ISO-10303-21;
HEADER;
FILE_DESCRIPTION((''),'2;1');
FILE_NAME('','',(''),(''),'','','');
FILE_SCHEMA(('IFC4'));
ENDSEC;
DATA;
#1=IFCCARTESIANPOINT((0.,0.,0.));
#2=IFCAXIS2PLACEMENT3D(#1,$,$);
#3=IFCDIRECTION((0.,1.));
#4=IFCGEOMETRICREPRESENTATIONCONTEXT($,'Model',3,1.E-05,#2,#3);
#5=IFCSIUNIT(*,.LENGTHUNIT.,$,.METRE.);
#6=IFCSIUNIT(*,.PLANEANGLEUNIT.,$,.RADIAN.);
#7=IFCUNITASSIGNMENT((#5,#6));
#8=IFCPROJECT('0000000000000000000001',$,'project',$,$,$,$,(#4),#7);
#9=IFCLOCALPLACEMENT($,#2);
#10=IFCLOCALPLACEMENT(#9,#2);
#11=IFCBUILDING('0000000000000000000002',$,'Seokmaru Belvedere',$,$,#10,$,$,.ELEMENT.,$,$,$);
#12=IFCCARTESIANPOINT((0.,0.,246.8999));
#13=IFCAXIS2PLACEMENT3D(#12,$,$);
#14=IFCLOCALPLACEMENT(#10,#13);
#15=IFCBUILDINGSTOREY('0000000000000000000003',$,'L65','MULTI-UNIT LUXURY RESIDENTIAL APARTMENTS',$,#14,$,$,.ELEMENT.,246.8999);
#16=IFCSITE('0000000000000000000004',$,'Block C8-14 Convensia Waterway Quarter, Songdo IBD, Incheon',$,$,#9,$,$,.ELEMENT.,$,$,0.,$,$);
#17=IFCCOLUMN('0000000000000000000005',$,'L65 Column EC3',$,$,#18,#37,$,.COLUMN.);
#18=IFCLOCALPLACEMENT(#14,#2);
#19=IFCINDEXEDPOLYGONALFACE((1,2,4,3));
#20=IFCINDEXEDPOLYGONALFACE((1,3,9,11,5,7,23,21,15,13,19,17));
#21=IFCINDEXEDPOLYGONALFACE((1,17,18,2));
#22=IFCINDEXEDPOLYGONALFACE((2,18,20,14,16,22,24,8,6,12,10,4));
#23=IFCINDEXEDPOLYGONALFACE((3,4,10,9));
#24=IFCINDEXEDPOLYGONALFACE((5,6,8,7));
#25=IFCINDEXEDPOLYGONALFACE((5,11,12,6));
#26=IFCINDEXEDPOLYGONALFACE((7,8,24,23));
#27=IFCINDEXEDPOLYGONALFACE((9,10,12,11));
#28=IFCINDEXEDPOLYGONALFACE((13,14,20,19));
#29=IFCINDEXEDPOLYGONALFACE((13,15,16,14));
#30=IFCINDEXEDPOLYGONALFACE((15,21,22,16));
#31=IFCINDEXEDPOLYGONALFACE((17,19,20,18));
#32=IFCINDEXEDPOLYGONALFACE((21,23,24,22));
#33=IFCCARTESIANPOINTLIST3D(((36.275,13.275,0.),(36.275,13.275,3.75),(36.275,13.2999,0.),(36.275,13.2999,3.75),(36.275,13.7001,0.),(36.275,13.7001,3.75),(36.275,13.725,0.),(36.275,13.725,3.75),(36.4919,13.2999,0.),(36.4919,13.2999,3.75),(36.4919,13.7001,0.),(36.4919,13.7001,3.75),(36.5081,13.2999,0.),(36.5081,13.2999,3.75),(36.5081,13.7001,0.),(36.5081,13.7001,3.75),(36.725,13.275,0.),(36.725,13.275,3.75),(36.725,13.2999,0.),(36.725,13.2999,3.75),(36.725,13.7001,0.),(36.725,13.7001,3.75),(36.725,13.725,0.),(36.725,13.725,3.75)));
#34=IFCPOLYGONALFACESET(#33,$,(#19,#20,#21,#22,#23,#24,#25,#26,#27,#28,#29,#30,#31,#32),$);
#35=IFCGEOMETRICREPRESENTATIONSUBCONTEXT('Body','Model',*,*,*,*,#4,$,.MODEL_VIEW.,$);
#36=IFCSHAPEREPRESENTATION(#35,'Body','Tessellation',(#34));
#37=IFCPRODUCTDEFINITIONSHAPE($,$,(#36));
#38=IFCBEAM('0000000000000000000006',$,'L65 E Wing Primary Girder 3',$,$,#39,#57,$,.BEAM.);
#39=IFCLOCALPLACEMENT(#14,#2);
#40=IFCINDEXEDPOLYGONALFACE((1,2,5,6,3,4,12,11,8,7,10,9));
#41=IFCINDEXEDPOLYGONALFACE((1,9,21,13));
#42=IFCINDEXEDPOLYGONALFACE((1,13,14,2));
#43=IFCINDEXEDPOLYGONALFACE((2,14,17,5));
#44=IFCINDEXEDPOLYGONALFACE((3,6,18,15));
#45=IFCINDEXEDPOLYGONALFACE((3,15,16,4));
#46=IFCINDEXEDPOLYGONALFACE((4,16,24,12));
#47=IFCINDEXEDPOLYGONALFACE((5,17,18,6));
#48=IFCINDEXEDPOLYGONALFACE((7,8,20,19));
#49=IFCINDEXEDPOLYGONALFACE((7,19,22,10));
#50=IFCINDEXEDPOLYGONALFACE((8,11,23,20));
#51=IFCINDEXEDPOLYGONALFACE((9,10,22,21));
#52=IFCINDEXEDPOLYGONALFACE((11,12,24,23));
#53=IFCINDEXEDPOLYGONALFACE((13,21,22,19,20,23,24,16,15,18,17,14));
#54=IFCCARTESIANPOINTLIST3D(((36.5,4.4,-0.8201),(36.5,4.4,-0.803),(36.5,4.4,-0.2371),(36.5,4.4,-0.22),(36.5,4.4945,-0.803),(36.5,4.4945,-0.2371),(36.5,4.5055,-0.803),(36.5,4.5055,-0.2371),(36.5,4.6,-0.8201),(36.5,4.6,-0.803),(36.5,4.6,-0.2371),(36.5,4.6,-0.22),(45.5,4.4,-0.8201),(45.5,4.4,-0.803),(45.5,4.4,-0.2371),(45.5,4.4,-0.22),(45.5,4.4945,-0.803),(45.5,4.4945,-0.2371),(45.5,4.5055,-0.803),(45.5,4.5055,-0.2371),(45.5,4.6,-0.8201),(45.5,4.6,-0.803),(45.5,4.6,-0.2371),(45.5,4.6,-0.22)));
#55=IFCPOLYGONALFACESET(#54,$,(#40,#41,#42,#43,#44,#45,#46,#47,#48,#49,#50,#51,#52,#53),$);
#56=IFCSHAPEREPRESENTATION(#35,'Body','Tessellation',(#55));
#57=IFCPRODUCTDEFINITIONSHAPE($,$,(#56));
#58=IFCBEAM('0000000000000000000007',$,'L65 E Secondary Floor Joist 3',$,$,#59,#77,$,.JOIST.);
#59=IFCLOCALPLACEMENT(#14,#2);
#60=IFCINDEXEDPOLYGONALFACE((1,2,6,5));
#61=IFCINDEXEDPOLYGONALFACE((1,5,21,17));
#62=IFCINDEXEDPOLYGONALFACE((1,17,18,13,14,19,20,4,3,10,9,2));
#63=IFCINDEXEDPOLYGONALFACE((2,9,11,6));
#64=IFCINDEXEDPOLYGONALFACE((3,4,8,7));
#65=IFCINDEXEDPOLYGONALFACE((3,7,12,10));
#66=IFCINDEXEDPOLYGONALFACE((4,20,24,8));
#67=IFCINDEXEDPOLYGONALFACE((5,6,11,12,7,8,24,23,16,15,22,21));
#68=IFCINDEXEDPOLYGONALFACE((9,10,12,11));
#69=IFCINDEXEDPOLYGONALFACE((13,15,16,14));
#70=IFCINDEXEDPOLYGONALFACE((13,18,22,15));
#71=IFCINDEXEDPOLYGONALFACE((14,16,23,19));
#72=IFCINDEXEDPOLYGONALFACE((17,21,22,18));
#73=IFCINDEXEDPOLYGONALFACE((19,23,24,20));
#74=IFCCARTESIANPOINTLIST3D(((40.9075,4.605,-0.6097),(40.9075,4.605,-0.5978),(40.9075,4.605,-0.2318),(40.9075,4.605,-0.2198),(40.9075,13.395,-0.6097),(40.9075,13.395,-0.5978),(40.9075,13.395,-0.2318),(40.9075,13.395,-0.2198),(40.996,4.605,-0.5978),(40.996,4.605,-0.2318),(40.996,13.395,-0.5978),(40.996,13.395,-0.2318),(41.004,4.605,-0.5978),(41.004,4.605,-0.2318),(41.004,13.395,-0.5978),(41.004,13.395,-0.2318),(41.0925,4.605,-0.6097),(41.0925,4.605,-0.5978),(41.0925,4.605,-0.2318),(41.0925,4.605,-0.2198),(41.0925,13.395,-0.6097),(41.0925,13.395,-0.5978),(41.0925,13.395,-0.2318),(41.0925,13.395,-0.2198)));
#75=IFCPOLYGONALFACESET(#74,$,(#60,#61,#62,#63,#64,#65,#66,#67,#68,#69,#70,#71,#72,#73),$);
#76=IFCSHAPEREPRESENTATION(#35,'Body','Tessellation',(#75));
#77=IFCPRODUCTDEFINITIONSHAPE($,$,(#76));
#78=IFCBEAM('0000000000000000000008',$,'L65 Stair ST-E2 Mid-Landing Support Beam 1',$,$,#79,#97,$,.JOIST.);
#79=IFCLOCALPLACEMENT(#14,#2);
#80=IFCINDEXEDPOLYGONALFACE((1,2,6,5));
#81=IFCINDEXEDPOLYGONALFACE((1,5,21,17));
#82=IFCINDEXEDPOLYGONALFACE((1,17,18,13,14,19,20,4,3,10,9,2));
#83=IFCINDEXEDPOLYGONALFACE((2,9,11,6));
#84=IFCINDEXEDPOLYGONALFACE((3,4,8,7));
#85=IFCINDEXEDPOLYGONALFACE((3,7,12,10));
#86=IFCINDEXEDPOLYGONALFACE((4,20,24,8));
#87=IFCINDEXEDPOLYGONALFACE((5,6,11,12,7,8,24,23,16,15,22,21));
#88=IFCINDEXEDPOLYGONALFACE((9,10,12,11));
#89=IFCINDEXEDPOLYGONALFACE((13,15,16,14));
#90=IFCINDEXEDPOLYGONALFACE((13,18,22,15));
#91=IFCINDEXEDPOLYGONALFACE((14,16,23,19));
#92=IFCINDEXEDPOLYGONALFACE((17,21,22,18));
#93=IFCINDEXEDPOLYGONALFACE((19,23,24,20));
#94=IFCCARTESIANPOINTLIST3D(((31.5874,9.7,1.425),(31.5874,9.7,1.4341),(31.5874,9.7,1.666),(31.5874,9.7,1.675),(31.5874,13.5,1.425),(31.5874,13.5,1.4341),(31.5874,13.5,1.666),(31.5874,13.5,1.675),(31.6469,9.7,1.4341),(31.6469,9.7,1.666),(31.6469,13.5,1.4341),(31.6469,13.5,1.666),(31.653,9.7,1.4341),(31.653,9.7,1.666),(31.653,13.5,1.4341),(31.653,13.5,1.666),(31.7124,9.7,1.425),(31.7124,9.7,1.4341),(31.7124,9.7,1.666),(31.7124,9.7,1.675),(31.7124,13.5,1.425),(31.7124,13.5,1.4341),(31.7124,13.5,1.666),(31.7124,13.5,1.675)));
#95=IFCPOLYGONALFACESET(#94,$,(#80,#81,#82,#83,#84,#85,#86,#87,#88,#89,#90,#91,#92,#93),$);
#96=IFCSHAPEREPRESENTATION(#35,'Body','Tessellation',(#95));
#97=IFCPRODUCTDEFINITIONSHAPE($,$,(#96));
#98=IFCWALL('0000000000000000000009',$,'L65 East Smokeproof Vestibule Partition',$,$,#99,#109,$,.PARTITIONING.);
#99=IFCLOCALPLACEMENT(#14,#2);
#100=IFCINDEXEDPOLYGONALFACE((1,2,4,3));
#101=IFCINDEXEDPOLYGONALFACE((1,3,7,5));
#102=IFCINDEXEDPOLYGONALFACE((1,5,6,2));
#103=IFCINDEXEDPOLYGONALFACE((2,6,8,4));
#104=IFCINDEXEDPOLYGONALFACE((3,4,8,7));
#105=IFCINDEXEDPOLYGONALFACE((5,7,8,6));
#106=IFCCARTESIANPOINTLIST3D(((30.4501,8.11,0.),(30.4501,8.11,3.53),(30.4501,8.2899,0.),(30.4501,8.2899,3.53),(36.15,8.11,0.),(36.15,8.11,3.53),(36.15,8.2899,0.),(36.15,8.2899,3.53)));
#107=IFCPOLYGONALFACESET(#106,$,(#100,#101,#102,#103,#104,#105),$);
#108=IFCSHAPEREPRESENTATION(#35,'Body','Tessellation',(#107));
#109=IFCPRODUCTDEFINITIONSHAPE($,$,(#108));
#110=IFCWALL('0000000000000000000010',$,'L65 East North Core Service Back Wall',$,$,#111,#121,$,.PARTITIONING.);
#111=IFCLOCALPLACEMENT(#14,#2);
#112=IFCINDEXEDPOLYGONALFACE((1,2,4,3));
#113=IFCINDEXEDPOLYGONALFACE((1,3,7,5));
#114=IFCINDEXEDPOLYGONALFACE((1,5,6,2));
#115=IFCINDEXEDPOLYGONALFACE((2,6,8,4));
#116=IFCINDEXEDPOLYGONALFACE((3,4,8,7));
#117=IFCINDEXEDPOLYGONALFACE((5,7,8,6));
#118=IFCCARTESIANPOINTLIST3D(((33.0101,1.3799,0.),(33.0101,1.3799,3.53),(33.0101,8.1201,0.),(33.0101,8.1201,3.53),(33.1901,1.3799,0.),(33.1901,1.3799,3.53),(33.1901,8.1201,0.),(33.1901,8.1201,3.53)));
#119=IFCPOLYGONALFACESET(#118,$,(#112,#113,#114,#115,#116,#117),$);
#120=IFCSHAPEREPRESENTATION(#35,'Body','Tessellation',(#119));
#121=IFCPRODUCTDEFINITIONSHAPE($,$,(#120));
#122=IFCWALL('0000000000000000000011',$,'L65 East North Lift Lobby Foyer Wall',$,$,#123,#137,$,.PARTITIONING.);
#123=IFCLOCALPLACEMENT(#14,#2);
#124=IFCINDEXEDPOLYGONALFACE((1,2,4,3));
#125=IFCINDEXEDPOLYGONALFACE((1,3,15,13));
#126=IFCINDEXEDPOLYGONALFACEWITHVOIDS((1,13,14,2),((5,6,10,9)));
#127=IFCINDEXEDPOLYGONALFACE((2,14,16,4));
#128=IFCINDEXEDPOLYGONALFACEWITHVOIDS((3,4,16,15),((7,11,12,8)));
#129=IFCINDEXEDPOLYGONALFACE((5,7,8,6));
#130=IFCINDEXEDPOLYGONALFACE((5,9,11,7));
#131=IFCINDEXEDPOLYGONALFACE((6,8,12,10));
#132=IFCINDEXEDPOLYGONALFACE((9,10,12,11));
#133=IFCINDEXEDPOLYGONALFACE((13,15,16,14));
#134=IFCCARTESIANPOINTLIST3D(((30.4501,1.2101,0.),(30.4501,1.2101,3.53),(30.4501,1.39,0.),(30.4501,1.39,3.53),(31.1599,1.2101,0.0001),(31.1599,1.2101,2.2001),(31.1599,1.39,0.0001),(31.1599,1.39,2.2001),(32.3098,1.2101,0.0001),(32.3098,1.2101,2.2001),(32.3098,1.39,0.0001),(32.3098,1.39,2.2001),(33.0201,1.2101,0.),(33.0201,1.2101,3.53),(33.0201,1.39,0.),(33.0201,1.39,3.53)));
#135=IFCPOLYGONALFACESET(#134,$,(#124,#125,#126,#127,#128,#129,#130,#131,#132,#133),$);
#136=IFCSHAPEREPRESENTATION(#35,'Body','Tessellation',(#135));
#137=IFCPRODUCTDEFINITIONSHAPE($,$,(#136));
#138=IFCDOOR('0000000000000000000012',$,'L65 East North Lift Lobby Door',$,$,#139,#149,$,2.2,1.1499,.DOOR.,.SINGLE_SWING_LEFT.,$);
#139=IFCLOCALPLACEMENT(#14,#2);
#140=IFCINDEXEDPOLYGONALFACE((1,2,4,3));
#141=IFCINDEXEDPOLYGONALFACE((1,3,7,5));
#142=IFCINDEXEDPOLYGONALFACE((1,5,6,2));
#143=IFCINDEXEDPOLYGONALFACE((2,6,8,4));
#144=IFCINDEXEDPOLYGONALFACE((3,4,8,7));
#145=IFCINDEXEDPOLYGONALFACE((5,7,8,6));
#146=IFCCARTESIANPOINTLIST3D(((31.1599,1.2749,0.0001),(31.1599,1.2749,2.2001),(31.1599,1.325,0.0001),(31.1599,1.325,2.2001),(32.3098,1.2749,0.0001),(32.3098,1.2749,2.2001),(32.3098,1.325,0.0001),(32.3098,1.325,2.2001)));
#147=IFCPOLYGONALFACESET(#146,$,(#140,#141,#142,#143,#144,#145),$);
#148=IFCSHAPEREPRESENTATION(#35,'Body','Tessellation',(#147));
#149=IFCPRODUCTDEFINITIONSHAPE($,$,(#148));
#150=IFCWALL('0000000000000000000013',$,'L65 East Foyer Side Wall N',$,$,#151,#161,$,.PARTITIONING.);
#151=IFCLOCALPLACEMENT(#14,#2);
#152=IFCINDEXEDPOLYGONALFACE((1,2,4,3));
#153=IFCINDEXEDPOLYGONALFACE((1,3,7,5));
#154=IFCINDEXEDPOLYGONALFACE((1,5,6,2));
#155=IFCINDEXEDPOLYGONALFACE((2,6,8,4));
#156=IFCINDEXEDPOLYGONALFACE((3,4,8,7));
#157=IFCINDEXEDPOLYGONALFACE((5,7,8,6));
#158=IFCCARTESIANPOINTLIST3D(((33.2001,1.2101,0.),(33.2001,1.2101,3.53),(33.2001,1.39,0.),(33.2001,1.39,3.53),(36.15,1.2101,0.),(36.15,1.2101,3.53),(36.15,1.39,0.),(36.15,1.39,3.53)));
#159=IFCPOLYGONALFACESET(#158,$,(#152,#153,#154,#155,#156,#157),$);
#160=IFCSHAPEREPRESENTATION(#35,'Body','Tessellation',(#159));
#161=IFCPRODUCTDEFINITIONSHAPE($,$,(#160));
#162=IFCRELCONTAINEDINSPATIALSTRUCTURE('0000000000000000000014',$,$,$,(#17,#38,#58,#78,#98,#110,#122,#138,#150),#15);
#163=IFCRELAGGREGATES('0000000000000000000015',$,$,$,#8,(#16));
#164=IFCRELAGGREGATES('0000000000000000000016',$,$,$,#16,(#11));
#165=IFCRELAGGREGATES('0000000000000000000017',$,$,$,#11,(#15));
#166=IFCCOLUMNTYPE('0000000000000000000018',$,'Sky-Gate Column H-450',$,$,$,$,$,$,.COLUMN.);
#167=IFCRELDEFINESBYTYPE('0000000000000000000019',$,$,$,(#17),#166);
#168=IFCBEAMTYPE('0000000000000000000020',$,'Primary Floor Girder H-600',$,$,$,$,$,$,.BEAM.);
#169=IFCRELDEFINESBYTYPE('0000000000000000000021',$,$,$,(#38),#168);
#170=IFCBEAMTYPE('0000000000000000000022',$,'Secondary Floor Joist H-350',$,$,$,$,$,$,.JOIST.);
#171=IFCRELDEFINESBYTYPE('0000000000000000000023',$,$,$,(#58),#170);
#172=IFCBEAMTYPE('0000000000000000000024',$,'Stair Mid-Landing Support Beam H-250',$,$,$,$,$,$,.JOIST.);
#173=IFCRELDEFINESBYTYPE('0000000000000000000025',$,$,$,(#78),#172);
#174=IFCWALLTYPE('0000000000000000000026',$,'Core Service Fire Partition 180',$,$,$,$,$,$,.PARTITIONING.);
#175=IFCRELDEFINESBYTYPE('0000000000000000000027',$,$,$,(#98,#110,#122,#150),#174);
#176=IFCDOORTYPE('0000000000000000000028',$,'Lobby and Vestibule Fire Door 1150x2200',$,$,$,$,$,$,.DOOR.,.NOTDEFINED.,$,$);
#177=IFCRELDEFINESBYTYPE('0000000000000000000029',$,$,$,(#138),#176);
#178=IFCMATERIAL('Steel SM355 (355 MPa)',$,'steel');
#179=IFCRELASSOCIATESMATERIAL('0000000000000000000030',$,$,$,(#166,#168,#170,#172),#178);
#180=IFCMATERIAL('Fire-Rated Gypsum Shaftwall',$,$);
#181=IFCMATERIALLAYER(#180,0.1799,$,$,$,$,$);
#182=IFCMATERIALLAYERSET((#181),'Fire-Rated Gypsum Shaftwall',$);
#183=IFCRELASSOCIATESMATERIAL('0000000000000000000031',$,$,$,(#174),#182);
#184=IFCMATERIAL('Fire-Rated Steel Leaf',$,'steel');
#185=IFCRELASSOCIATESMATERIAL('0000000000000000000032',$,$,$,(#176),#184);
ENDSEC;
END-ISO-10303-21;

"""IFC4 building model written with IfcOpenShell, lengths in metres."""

from ifc_helpers import new_model, si_unit, direction, frame, frame_2d, origin, origin_2d, place, context, subcontext, project, spatial, rectangle, i_section, extrude, source, transform, mapped, material, layer, layer_set, material_profile, profile_set, type_object, type_shapes, element, fill, save


model = new_model("IFC4")

# Units and contexts
model_context = context("Model", 3, precision=1e-05, world=origin(), true_north=direction((0.0, 1.0)))
body_context = subcontext(model_context, "Body", "Model", "MODEL_VIEW")
ifc_project = project(units=[si_unit("LENGTHUNIT", "METRE"), si_unit("PLANEANGLEUNIT", "RADIAN")], contexts=[model_context])

# Site, building, storey
site_placement = place(None, origin())
site = spatial("IfcSite", under=ifc_project, at=site_placement, Name="Block C8-14 Convensia Waterway Quarter, Songdo IBD, Incheon", CompositionType="ELEMENT", RefElevation=0.0)
building_placement = place(site_placement, origin())
building = spatial("IfcBuilding", under=site, at=building_placement, Name="Seokmaru Belvedere", CompositionType="ELEMENT")
storey_placement = place(building_placement, frame((0.0, 0.0, 246.8999)))
storey = spatial("IfcBuildingStorey", under=building, at=storey_placement, Name="L65", Description="MULTI-UNIT LUXURY RESIDENTIAL APARTMENTS", CompositionType="ELEMENT", Elevation=246.8999)

# Column
ifc_material_1 = material(Name="Steel SM355 (355 MPa)", Category="steel")
ifc_material_profile_1 = material_profile(ifc_material_1, i_section(OverallWidth=0.45, OverallDepth=0.45, WebThickness=0.0161, FlangeThickness=0.0249, at=origin_2d()), Name="H-450x450x16x25")
ifc_profile_set_1 = profile_set([ifc_material_profile_1], Name="Steel SM355 (355 MPa)")
column_type = type_object("IfcColumnType", Name="Sky-Gate Column H-450", PredefinedType="COLUMN", material=ifc_profile_set_1)
shared_shape_1 = source(origin(), body_context, "Body", "SweptSolid", [
    extrude(i_section(OverallWidth=0.45, OverallDepth=0.45, WebThickness=0.0161, FlangeThickness=0.0249, at=origin_2d()), origin(), (0.0, 0.0, 1.0), 3.75),
])
type_shapes(column_type, [shared_shape_1])
column_placement = place(storey_placement, frame((36.5, 13.5, 0.0), z_axis=(0.0, 0.0, 1.0), x_axis=(1.0, 0.0, 0.0)))
element("IfcColumn", 1, at=column_placement, inside=storey, type_object=column_type, Name="L65 Column EC3", PredefinedType="COLUMN", context=body_context, shape_type="MappedRepresentation", body=[
    mapped(shared_shape_1, transform((0.0, 0.0, 0.0), scale=1.0)),
])

# Beams
ifc_material_profile_2 = material_profile(ifc_material_1, i_section(OverallWidth=0.2, OverallDepth=0.6001, WebThickness=0.011, FlangeThickness=0.0171, at=origin_2d()), Name="H-600x200x11x17")
ifc_profile_set_2 = profile_set([ifc_material_profile_2], Name="Steel SM355 (355 MPa)")
beam_type_1 = type_object("IfcBeamType", Name="Primary Floor Girder H-600", PredefinedType="BEAM", material=ifc_profile_set_2)
shared_shape_2 = source(origin(), body_context, "Body", "SweptSolid", [
    extrude(i_section(OverallWidth=0.2, OverallDepth=0.6001, WebThickness=0.011, FlangeThickness=0.0171, at=origin_2d()), origin(), (0.0, 0.0, 1.0), 9.0),
])
type_shapes(beam_type_1, [shared_shape_2])
beam_1_placement = place(storey_placement, frame((36.5, 4.5, -0.52), z_axis=(1.0, 0.0, 0.0), x_axis=(0.0, 1.0, 0.0)))
element("IfcBeam", 2, at=beam_1_placement, inside=storey, type_object=beam_type_1, Name="L65 E Wing Primary Girder 3", PredefinedType="BEAM", context=body_context, shape_type="MappedRepresentation", body=[
    mapped(shared_shape_2, transform((0.0, 0.0, 0.0), scale=1.0)),
])
ifc_material_profile_3 = material_profile(ifc_material_1, i_section(OverallWidth=0.1851, OverallDepth=0.3899, WebThickness=0.0081, FlangeThickness=0.012, at=origin_2d()), Name="H-390x185x8x12")
ifc_profile_set_3 = profile_set([ifc_material_profile_3], Name="Steel SM355 (355 MPa)")
beam_type_2 = type_object("IfcBeamType", Name="Secondary Floor Joist H-350", PredefinedType="JOIST", material=ifc_profile_set_3)
shared_shape_3 = source(origin(), body_context, "Body", "SweptSolid", [
    extrude(i_section(OverallWidth=0.1851, OverallDepth=0.3899, WebThickness=0.0081, FlangeThickness=0.012, at=origin_2d()), origin(), (0.0, 0.0, 1.0), 8.79),
])
type_shapes(beam_type_2, [shared_shape_3])
beam_2_placement = place(storey_placement, frame((41.0, 4.605, -0.4148), z_axis=(0.0, 1.0, 0.0), x_axis=(-1.0, 0.0, 0.0)))
element("IfcBeam", 3, at=beam_2_placement, inside=storey, type_object=beam_type_2, Name="L65 E Secondary Floor Joist 3", PredefinedType="JOIST", context=body_context, shape_type="MappedRepresentation", body=[
    mapped(shared_shape_3, transform((0.0, 0.0, 0.0), scale=1.0)),
])
ifc_material_profile_4 = material_profile(ifc_material_1, i_section(OverallWidth=0.125, OverallDepth=0.25, WebThickness=0.0061, FlangeThickness=0.009, at=origin_2d()), Name="H-250x125x6x9")
ifc_profile_set_4 = profile_set([ifc_material_profile_4], Name="Steel SM355 (355 MPa)")
beam_type_3 = type_object("IfcBeamType", Name="Stair Mid-Landing Support Beam H-250", PredefinedType="JOIST", material=ifc_profile_set_4)
shared_shape_4 = source(origin(), body_context, "Body", "SweptSolid", [
    extrude(i_section(OverallWidth=0.125, OverallDepth=0.25, WebThickness=0.0061, FlangeThickness=0.009, at=origin_2d()), origin(), (0.0, 0.0, 1.0), 3.8),
])
type_shapes(beam_type_3, [shared_shape_4])
beam_3_placement = place(storey_placement, frame((31.6499, 9.7, 1.55), z_axis=(0.0, 1.0, 0.0), x_axis=(-1.0, 0.0, 0.0)))
element("IfcBeam", 4, at=beam_3_placement, inside=storey, type_object=beam_type_3, Name="L65 Stair ST-E2 Mid-Landing Support Beam 1", PredefinedType="JOIST", context=body_context, shape_type="MappedRepresentation", body=[
    mapped(shared_shape_4, transform((0.0, 0.0, 0.0), scale=1.0)),
])

# Shared definitions
ifc_material_2 = material(Name="Fire-Rated Gypsum Shaftwall")

# Walls
ifc_layer_1 = layer(ifc_material_2, 0.1799)
ifc_layer_set_1 = layer_set([ifc_layer_1], Name="Fire-Rated Gypsum Shaftwall")
wall_type_1 = type_object("IfcWallType", Name="Core Service Fire Partition 180", PredefinedType="PARTITIONING", material=ifc_layer_set_1)
wall_1_placement = place(storey_placement, frame((30.45, 8.2, 0.0), z_axis=(0.0, 0.0, 1.0), x_axis=(1.0, 0.0, 0.0)))
element("IfcWall", 5, at=wall_1_placement, inside=storey, type_object=wall_type_1, Name="L65 East Smokeproof Vestibule Partition", PredefinedType="PARTITIONING", context=body_context, shape_type="SweptSolid", body=[
    extrude(rectangle(XDim=5.7, YDim=0.1799, at=frame_2d((2.8501, 0.0))), origin(), (0.0, 0.0, 1.0), 3.53),
])
wall_2_placement = place(storey_placement, frame((33.1001, 1.3799, 0.0), z_axis=(0.0, 0.0, 1.0), x_axis=(0.0, 1.0, 0.0)))
element("IfcWall", 6, at=wall_2_placement, inside=storey, type_object=wall_type_1, Name="L65 East North Core Service Back Wall", PredefinedType="PARTITIONING", context=body_context, shape_type="SweptSolid", body=[
    extrude(rectangle(XDim=6.7402, YDim=0.1799, at=frame_2d((3.3701, 0.0))), origin(), (0.0, 0.0, 1.0), 3.53),
])

# Wall, opening, door
wall_3_placement = place(storey_placement, frame((30.45, 1.3, 0.0), z_axis=(0.0, 0.0, 1.0), x_axis=(1.0, 0.0, 0.0)))
wall_3 = element("IfcWall", 7, at=wall_3_placement, inside=storey, type_object=wall_type_1, Name="L65 East North Lift Lobby Foyer Wall", PredefinedType="PARTITIONING", context=body_context, shape_type="SweptSolid", body=[
    extrude(rectangle(XDim=2.5701, YDim=0.1799, at=frame_2d((1.2852, 0.0))), origin(), (0.0, 0.0, 1.0), 3.53),
])
opening_1_placement = place(wall_3_placement, frame((0.71, 0.0, 0.0)))
opening_1 = element("IfcOpeningElement", 8, at=opening_1_placement, cuts=wall_3, PredefinedType="OPENING", context=body_context, shape_type="SweptSolid", body=[
    extrude(rectangle(XDim=1.1499, YDim=2.2, at=frame_2d((0.575, 1.1001))), frame((0.0, 0.1001, 0.0), z_axis=(0.0, -1.0, 0.0), x_axis=(1.0, 0.0, 0.0)), (0.0, 0.0, 1.0), 0.2),
])
ifc_material_3 = material(Name="Fire-Rated Steel Leaf", Category="steel")
door_type_1 = type_object("IfcDoorType", Name="Lobby and Vestibule Fire Door 1150x2200", OperationType="NOTDEFINED", PredefinedType="DOOR", material=ifc_material_3)
shared_shape_5 = source(origin(), body_context, "Body", "SweptSolid", [
    extrude(rectangle(XDim=1.1499, YDim=2.2, at=frame_2d((0.575, 1.1001))), frame((0.0, 0.0249, 0.0), z_axis=(0.0, -1.0, 0.0), x_axis=(1.0, 0.0, 0.0)), (0.0, 0.0, 1.0), 0.05),
])
type_shapes(door_type_1, [shared_shape_5])
door_1_placement = place(opening_1_placement, origin())
door_1 = element("IfcDoor", 9, at=door_1_placement, inside=storey, type_object=door_type_1, Name="L65 East North Lift Lobby Door", OperationType="SINGLE_SWING_LEFT", OverallHeight=2.2, OverallWidth=1.1499, PredefinedType="DOOR", context=body_context, shape_type="MappedRepresentation", body=[
    mapped(shared_shape_5, transform((0.0, 0.0, 0.0), scale=1.0)),
])
fill(opening_1, door_1)

# Wall
wall_4_placement = place(storey_placement, frame((33.2, 1.3, 0.0), z_axis=(0.0, 0.0, 1.0), x_axis=(1.0, 0.0, 0.0)))
element("IfcWall", 10, at=wall_4_placement, inside=storey, type_object=wall_type_1, Name="L65 East Foyer Side Wall N", PredefinedType="PARTITIONING", context=body_context, shape_type="SweptSolid", body=[
    extrude(rectangle(XDim=2.95, YDim=0.1799, at=frame_2d((1.4751, 0.0))), origin(), (0.0, 0.0, 1.0), 3.53),
])

save(model, "model.ifc")
